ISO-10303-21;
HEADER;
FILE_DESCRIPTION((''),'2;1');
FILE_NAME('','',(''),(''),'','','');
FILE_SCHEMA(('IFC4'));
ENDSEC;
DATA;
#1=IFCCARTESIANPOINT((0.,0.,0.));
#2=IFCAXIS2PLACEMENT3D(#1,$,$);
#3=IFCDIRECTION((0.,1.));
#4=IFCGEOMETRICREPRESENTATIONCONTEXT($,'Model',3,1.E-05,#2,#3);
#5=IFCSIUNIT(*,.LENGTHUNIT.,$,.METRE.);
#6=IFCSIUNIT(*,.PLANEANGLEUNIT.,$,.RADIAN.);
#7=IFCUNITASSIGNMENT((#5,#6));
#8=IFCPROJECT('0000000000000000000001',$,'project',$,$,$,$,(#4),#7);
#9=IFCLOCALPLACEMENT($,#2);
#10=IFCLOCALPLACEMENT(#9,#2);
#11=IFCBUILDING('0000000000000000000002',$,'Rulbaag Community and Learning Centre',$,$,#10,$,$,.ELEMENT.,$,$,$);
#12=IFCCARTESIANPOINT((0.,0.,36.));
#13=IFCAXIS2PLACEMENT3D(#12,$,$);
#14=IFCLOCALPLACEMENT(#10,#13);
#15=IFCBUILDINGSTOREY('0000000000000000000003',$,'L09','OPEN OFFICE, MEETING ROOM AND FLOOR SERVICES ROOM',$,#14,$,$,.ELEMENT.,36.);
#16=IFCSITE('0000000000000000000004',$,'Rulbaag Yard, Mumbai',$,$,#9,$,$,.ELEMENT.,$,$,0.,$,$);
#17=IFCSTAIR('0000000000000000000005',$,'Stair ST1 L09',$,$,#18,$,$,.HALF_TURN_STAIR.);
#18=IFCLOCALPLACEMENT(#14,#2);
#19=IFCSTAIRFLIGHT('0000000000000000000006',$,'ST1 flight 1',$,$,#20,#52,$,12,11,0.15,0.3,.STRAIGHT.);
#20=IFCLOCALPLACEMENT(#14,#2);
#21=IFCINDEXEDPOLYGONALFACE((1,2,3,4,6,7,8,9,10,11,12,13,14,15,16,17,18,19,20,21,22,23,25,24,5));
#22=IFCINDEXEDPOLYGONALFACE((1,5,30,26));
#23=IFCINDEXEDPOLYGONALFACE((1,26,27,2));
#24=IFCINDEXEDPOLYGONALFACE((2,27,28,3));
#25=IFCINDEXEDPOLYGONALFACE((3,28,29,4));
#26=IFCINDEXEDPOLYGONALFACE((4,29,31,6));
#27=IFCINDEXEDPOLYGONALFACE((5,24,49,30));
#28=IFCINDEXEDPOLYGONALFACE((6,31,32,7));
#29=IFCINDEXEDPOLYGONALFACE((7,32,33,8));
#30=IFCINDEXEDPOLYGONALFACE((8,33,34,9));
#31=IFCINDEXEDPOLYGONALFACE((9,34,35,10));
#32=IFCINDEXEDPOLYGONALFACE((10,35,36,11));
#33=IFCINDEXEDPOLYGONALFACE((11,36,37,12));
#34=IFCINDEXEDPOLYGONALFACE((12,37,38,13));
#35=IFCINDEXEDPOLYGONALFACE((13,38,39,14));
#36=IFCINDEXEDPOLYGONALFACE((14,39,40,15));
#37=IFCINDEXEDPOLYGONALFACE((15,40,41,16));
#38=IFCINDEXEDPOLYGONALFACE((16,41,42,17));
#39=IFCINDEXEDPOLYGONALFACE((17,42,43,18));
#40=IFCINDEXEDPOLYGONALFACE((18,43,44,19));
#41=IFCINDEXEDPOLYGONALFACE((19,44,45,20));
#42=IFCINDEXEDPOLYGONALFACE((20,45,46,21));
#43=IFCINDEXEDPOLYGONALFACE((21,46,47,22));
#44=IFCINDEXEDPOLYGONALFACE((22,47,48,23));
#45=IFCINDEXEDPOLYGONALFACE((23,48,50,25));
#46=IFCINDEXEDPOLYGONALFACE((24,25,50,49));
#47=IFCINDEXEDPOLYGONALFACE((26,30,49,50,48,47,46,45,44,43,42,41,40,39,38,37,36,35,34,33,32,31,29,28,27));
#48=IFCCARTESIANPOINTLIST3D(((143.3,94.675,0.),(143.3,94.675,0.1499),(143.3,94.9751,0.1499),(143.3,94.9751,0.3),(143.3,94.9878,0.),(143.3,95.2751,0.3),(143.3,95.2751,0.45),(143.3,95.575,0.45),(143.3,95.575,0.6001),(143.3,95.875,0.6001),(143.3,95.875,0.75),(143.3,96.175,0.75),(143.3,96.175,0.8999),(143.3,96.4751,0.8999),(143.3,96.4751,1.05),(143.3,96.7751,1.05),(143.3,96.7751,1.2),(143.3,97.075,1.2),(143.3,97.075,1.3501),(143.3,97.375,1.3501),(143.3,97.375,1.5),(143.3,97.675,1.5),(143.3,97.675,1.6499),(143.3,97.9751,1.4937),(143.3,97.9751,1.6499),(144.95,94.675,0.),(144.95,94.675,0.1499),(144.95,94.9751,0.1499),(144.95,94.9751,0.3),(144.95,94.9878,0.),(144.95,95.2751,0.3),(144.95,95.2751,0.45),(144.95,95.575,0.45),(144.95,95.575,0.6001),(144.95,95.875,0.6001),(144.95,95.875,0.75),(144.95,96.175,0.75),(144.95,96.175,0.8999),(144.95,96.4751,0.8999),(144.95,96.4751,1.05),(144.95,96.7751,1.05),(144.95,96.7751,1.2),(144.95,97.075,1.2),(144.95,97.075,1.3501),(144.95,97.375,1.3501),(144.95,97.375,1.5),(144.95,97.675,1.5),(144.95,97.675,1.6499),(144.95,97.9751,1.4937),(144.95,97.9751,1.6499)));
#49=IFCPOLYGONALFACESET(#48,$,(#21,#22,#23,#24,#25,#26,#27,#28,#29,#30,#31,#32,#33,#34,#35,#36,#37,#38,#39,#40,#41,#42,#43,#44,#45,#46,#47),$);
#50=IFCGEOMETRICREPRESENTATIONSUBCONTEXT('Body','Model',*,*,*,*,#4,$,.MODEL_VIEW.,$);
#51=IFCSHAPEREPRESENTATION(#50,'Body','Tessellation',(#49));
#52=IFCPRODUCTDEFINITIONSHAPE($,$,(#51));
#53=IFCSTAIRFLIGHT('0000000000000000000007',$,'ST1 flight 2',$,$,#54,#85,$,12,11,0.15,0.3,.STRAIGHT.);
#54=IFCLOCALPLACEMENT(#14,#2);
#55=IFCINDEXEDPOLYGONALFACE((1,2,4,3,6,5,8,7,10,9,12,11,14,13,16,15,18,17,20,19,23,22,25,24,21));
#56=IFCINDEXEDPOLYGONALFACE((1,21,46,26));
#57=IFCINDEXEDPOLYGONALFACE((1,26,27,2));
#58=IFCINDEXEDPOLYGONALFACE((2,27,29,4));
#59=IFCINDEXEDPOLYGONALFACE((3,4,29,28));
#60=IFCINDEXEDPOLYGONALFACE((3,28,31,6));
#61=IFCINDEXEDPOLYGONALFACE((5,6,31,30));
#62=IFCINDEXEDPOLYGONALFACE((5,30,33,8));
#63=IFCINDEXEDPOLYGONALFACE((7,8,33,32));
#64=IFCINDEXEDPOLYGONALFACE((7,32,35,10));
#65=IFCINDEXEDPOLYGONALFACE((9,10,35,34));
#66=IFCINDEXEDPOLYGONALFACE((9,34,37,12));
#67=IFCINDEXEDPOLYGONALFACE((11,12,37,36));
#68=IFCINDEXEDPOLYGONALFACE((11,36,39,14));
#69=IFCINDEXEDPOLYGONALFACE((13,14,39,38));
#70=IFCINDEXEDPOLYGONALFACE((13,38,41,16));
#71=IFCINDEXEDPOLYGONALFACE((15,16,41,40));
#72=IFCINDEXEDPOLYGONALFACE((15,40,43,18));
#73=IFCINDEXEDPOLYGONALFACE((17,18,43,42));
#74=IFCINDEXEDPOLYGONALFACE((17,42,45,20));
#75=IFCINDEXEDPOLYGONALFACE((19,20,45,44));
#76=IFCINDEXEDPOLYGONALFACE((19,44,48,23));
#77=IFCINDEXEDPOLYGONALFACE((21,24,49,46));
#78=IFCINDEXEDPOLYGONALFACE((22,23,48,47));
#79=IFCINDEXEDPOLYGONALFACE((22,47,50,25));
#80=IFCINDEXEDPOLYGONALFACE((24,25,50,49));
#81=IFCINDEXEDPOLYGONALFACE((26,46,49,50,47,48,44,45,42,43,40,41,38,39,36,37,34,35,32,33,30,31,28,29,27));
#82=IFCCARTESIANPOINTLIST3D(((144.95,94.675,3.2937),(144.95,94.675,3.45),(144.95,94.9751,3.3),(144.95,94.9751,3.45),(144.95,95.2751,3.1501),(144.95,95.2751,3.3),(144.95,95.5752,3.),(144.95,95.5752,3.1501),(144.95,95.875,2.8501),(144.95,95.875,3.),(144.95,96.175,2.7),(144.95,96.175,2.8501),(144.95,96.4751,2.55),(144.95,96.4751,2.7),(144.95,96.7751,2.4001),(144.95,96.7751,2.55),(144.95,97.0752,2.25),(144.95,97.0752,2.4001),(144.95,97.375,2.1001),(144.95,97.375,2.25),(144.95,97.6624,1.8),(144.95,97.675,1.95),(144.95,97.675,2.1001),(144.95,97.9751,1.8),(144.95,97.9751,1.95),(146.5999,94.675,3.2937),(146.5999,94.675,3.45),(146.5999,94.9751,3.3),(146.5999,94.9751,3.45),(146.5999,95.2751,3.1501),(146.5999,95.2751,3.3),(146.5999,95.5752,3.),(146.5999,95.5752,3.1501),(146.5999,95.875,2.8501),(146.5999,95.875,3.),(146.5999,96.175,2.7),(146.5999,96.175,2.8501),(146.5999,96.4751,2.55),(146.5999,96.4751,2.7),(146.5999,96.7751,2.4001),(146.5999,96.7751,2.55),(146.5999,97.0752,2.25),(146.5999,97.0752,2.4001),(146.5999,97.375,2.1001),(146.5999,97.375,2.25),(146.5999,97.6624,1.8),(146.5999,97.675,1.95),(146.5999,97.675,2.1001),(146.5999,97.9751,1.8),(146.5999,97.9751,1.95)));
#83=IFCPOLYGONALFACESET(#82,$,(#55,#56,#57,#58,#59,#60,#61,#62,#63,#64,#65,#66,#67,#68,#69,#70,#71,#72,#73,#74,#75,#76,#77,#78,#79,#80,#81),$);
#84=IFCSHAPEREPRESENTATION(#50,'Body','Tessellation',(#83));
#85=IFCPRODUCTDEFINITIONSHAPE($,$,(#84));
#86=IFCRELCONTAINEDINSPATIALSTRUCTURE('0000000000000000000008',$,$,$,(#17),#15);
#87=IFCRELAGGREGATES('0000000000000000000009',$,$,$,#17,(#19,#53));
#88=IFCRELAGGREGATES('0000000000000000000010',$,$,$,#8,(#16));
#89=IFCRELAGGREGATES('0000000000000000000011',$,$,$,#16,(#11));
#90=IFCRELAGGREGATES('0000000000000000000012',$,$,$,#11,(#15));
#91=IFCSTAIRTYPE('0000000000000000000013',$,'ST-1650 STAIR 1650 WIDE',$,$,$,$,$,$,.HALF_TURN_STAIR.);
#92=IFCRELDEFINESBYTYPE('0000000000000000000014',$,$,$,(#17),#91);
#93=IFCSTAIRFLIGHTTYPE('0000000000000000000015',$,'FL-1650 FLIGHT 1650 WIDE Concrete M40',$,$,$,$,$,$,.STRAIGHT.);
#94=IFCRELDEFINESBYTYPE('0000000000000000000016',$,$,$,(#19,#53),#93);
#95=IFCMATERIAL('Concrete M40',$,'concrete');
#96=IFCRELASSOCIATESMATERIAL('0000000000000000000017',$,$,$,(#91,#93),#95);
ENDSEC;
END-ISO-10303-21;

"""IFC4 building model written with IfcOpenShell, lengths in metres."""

from ifc_helpers import new_model, si_unit, direction, frame, origin, place, context, subcontext, project, spatial, polyline, outline, extrude, material, type_object, element, aggregate, save


model = new_model("IFC4")

# Units and contexts
model_context = context("Model", 3, precision=1e-05, world=origin(), true_north=direction((0.0, 1.0)))
body_context = subcontext(model_context, "Body", "Model", "MODEL_VIEW")
ifc_project = project(units=[si_unit("LENGTHUNIT", "METRE"), si_unit("PLANEANGLEUNIT", "RADIAN")], contexts=[model_context])

# Site, building, storey
site_placement = place(None, origin())
site = spatial("IfcSite", under=ifc_project, at=site_placement, Name="Rulbaag Yard, Mumbai", CompositionType="ELEMENT", RefElevation=0.0)
building_placement = place(site_placement, origin())
building = spatial("IfcBuilding", under=site, at=building_placement, Name="Rulbaag Community and Learning Centre", CompositionType="ELEMENT")
storey_placement = place(building_placement, frame((0.0, 0.0, 36.0)))
storey = spatial("IfcBuildingStorey", under=building, at=storey_placement, Name="L09", Description="OPEN OFFICE, MEETING ROOM AND FLOOR SERVICES ROOM", CompositionType="ELEMENT", Elevation=36.0)

# Shared definitions
ifc_material_1 = material(Name="Concrete M40", Category="concrete")

# Stair, stair flights
stair_type = type_object("IfcStairType", Name="ST-1650 STAIR 1650 WIDE", PredefinedType="HALF_TURN_STAIR", material=ifc_material_1)
stair_placement = place(storey_placement, origin())
stair = element("IfcStair", 1, at=stair_placement, inside=storey, type_object=stair_type, Name="Stair ST1 L09", PredefinedType="HALF_TURN_STAIR")
stair_flight_type = type_object("IfcStairFlightType", Name="FL-1650 FLIGHT 1650 WIDE Concrete M40", PredefinedType="STRAIGHT", material=ifc_material_1)
stair_flight_1_placement = place(storey_placement, frame((144.125, 94.675, 0.0), z_axis=(0.0, 0.0, 1.0), x_axis=(0.0, 1.0, 0.0)))
stair_flight_1 = element("IfcStairFlight", 2, at=stair_flight_1_placement, type_object=stair_flight_type, Name="ST1 flight 1", NumberOfRisers=12, NumberOfTreads=11, PredefinedType="STRAIGHT", RiserHeight=0.15, TreadLength=0.3, context=body_context, shape_type="SweptSolid", body=[
    extrude(outline(polyline([(0.0, 0.0), (0.0, 0.1499), (0.3, 0.1499), (0.3, 0.3), (0.6001, 0.3), (0.6001, 0.45), (0.8999, 0.45), (0.8999, 0.6001), (1.2, 0.6001), (1.2, 0.75), (1.5, 0.75), (1.5, 0.8999), (1.8, 0.8999), (1.8, 1.05), (2.1001, 1.05), (2.1001, 1.2), (2.3999, 1.2), (2.3999, 1.3501), (2.7, 1.3501), (2.7, 1.5), (3.0, 1.5), (3.0, 1.6499), (3.3, 1.6499), (3.3, 1.4937), (0.3127, 0.0), (0.0, 0.0)])), frame((0.0, 0.825, 0.0), z_axis=(0.0, -1.0, 0.0), x_axis=(1.0, 0.0, 0.0)), (0.0, 0.0, 1.0), 1.6499),
])
stair_flight_2_placement = place(storey_placement, frame((145.7749, 97.9751, 1.8), z_axis=(0.0, 0.0, 1.0), x_axis=(0.0, -1.0, 0.0)))
stair_flight_2 = element("IfcStairFlight", 3, at=stair_flight_2_placement, type_object=stair_flight_type, Name="ST1 flight 2", NumberOfRisers=12, NumberOfTreads=11, PredefinedType="STRAIGHT", RiserHeight=0.15, TreadLength=0.3, context=body_context, shape_type="SweptSolid", body=[
    extrude(outline(polyline([(0.0, 0.0), (0.0, 0.1499), (0.3, 0.1499), (0.3, 0.3), (0.6001, 0.3), (0.6001, 0.45), (0.8999, 0.45), (0.8999, 0.6001), (1.2, 0.6001), (1.2, 0.75), (1.5, 0.75), (1.5, 0.8999), (1.8, 0.8999), (1.8, 1.05), (2.1001, 1.05), (2.1001, 1.2), (2.3999, 1.2), (2.3999, 1.3501), (2.7, 1.3501), (2.7, 1.5), (3.0, 1.5), (3.0, 1.6499), (3.3, 1.6499), (3.3, 1.4937), (0.3127, 0.0), (0.0, 0.0)])), frame((0.0, 0.825, 0.0), z_axis=(0.0, -1.0, 0.0), x_axis=(1.0, 0.0, 0.0)), (0.0, 0.0, 1.0), 1.6499),
])
aggregate(stair, [stair_flight_1, stair_flight_2])

save(model, "model.ifc")
